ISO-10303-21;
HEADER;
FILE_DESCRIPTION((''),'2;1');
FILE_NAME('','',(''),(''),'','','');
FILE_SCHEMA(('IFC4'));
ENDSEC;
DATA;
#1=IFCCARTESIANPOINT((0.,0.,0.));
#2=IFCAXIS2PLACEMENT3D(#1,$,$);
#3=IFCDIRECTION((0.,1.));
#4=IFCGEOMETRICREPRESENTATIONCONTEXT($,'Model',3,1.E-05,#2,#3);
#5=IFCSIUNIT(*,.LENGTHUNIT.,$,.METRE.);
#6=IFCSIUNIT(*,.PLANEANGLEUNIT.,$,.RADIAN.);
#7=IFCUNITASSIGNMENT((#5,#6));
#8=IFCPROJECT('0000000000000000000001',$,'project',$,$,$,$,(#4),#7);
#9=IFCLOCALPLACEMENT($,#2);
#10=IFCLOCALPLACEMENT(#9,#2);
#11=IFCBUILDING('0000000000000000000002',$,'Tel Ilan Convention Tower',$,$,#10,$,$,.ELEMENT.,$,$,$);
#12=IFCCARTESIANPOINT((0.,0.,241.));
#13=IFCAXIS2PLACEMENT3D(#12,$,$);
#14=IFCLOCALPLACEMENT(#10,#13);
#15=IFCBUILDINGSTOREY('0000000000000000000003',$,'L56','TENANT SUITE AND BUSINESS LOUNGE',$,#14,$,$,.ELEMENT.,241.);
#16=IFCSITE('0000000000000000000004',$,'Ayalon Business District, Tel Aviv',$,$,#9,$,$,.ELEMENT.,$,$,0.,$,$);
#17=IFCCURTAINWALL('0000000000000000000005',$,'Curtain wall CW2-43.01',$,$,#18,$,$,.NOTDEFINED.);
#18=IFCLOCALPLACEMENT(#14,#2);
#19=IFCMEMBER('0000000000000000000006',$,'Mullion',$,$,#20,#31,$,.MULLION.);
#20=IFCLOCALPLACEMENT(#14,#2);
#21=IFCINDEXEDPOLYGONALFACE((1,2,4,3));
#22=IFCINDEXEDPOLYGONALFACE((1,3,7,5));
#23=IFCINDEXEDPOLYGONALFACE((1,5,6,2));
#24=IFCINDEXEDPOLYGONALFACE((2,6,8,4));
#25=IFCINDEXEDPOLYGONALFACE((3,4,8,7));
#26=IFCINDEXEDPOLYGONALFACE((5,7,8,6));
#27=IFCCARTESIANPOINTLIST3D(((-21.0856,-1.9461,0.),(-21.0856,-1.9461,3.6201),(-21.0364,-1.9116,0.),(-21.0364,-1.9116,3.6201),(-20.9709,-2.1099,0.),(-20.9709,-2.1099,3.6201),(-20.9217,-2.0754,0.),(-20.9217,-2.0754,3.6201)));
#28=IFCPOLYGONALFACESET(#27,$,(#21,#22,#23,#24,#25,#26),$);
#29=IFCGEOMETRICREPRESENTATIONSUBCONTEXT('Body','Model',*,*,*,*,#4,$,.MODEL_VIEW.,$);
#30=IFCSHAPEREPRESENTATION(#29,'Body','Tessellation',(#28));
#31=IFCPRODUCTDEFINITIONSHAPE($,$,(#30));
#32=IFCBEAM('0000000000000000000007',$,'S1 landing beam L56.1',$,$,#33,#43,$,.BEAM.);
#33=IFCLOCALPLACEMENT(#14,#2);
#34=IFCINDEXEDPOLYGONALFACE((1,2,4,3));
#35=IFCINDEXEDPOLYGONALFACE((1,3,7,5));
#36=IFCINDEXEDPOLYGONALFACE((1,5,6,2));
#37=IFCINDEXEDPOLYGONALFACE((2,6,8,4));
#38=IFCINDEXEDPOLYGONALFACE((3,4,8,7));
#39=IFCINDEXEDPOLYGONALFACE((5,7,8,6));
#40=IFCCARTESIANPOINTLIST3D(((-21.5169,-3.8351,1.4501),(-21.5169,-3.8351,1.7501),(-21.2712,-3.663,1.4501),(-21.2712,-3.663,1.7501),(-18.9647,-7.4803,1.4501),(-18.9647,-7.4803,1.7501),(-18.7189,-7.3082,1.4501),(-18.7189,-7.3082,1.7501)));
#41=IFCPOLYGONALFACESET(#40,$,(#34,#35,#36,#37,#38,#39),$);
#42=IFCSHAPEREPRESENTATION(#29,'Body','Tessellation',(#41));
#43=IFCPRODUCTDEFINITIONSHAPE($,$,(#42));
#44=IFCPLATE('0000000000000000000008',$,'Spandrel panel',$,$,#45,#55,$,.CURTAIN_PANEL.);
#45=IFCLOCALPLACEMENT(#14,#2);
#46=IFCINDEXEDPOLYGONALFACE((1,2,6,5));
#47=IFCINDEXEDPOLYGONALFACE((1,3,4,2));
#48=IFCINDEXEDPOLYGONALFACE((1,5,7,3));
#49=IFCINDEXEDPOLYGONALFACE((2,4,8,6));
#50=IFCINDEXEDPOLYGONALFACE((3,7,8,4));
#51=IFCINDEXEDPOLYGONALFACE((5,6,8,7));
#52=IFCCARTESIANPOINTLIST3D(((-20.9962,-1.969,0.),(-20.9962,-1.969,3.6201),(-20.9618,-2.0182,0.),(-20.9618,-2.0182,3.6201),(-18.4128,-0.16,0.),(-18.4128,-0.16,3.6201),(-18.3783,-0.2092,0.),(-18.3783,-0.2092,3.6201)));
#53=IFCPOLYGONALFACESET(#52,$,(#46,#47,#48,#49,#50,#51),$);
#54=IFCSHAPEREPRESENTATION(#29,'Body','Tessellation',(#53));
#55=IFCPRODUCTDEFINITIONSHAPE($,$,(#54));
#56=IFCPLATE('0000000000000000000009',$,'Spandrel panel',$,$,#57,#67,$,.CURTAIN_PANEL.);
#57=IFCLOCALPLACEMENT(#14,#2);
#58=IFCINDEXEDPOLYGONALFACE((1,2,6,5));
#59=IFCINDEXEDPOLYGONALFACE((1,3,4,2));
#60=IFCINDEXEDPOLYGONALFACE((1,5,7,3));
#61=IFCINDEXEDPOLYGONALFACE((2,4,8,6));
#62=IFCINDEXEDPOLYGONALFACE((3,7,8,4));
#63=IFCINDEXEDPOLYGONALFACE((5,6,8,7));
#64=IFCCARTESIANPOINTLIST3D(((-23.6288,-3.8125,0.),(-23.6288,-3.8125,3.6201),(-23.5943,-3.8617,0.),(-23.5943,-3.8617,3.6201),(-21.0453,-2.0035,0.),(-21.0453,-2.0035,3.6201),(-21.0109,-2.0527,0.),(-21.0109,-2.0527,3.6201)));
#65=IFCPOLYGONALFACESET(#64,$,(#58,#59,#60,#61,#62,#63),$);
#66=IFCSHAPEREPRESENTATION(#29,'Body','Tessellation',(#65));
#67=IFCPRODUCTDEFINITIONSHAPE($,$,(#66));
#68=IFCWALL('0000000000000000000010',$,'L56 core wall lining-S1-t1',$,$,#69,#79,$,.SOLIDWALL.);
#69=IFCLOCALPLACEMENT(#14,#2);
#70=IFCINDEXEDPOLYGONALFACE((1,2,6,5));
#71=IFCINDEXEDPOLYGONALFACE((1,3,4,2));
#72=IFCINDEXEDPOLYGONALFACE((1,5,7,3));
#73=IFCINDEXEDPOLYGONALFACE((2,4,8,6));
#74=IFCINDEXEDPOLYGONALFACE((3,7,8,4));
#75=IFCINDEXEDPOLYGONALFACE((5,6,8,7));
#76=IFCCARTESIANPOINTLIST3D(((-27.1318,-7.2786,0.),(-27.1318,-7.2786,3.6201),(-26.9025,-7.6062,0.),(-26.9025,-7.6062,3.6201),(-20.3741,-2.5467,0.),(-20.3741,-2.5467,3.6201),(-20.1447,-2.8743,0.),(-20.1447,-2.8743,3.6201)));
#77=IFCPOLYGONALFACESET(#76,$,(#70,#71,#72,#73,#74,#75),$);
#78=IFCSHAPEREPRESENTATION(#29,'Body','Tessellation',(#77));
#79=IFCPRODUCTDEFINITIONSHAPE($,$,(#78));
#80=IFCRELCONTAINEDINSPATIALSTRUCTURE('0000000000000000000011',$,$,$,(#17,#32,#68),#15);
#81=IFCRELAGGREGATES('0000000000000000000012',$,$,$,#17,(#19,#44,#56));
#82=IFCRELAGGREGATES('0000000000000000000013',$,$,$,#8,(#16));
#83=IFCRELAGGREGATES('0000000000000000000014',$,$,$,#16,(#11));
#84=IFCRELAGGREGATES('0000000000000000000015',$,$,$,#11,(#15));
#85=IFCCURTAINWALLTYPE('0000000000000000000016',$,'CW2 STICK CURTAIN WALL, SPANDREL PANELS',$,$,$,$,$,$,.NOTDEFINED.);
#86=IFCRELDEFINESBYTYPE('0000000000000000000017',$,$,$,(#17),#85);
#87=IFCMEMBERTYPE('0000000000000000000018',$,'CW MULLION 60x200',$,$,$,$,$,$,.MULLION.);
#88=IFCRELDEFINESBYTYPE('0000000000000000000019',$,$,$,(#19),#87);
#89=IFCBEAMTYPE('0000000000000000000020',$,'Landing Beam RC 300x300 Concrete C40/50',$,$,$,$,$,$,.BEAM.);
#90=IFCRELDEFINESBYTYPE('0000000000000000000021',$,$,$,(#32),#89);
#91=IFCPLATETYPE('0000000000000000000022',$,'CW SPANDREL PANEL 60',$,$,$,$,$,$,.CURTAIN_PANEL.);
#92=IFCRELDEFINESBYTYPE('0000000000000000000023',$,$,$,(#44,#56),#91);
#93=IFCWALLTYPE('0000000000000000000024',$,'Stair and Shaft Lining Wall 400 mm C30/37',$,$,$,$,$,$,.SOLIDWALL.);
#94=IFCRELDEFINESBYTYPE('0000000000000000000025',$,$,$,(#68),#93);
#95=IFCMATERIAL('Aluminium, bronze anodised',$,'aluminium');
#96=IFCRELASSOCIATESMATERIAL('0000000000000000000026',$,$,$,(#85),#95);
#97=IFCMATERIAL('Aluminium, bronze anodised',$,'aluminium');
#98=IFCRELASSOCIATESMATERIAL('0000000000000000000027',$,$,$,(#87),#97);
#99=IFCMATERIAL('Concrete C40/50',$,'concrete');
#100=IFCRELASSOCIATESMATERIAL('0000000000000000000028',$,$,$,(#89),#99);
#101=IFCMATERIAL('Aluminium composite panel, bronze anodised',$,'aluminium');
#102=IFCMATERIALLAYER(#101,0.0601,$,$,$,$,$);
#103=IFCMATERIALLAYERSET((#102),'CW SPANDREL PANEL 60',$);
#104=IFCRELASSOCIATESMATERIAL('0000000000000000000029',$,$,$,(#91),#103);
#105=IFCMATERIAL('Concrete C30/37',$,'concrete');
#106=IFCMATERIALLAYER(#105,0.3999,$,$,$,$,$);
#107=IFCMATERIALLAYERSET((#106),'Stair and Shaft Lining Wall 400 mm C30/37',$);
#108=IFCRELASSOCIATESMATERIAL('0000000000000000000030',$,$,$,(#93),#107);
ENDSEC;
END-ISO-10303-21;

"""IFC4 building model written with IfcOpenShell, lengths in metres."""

from ifc_helpers import new_model, si_unit, direction, frame, frame_2d, origin, origin_2d, place, context, subcontext, project, spatial, rectangle, extrude, material, layer, layer_set, material_profile, profile_set, type_object, element, aggregate, save


model = new_model("IFC4")

# Units and contexts
model_context = context("Model", 3, precision=1e-05, world=origin(), true_north=direction((0.0, 1.0)))
body_context = subcontext(model_context, "Body", "Model", "MODEL_VIEW")
ifc_project = project(units=[si_unit("LENGTHUNIT", "METRE"), si_unit("PLANEANGLEUNIT", "RADIAN")], contexts=[model_context])

# Site, building, storey
site_placement = place(None, origin())
site = spatial("IfcSite", under=ifc_project, at=site_placement, Name="Ayalon Business District, Tel Aviv", CompositionType="ELEMENT", RefElevation=0.0)
building_placement = place(site_placement, origin())
building = spatial("IfcBuilding", under=site, at=building_placement, Name="Tel Ilan Convention Tower", CompositionType="ELEMENT")
storey_placement = place(building_placement, frame((0.0, 0.0, 241.0)))
storey = spatial("IfcBuildingStorey", under=building, at=storey_placement, Name="L56", Description="TENANT SUITE AND BUSINESS LOUNGE", CompositionType="ELEMENT", Elevation=241.0)

# Curtain wall, member
ifc_material_1 = material(Name="Aluminium, bronze anodised", Category="aluminium")
curtain_wall_type = type_object("IfcCurtainWallType", Name="CW2 STICK CURTAIN WALL, SPANDREL PANELS", PredefinedType="NOTDEFINED", material=ifc_material_1)
curtain_wall_placement = place(storey_placement, origin())
curtain_wall = element("IfcCurtainWall", 1, at=curtain_wall_placement, inside=storey, type_object=curtain_wall_type, Name="Curtain wall CW2-43.01", PredefinedType="NOTDEFINED")
ifc_material_2 = material(Name="Aluminium, bronze anodised", Category="aluminium")
ifc_material_profile_1 = material_profile(ifc_material_2, rectangle(XDim=0.0601, YDim=0.2, at=origin_2d()), Name="CW MULLION 60x200")
ifc_profile_set_1 = profile_set([ifc_material_profile_1], Name="Aluminium, bronze anodised")
member_type = type_object("IfcMemberType", Name="CW MULLION 60x200", PredefinedType="MULLION", material=ifc_profile_set_1)
member_placement = place(storey_placement, frame((-21.0037, -2.0107, 0.0), z_axis=(0.0, 0.0, 1.0), x_axis=(-0.819152, -0.573576, 0.0)))
member = element("IfcMember", 2, at=member_placement, type_object=member_type, Name="Mullion", PredefinedType="MULLION", context=body_context, shape_type="SweptSolid", body=[
    extrude(rectangle(XDim=0.0601, YDim=0.2, at=origin_2d()), origin(), (0.0, 0.0, 1.0), 3.6201),
])

# Beam
ifc_material_3 = material(Name="Concrete C40/50", Category="concrete")
ifc_material_profile_2 = material_profile(ifc_material_3, rectangle(XDim=0.3, YDim=0.3, at=origin_2d()), Name="RC 300x300")
ifc_profile_set_2 = profile_set([ifc_material_profile_2], Name="Concrete C40/50")
beam_type = type_object("IfcBeamType", Name="Landing Beam RC 300x300 Concrete C40/50", PredefinedType="BEAM", material=ifc_profile_set_2)
beam_placement = place(storey_placement, frame((-18.8418, -7.3943, 1.6001), z_axis=(-0.573547, 0.819173, 0.0), x_axis=(-0.819173, -0.573547, 0.0)))
element("IfcBeam", 3, at=beam_placement, inside=storey, type_object=beam_type, Name="S1 landing beam L56.1", PredefinedType="BEAM", context=body_context, shape_type="SweptSolid", body=[
    extrude(rectangle(XDim=0.3, YDim=0.3, at=origin_2d()), origin(), (0.0, 0.0, 1.0), 4.45),
])

# Plates
ifc_material_4 = material(Name="Aluminium composite panel, bronze anodised", Category="aluminium")
ifc_layer_1 = layer(ifc_material_4, 0.0601)
ifc_layer_set_1 = layer_set([ifc_layer_1], Name="CW SPANDREL PANEL 60")
plate_type = type_object("IfcPlateType", Name="CW SPANDREL PANEL 60", PredefinedType="CURTAIN_PANEL", material=ifc_layer_set_1)
plate_1_placement = place(storey_placement, frame((-19.6873, -1.0891, 0.0), z_axis=(0.0, 0.0, 1.0), x_axis=(-0.819152, -0.573576, 0.0)))
plate_1 = element("IfcPlate", 4, at=plate_1_placement, type_object=plate_type, Name="Spandrel panel", PredefinedType="CURTAIN_PANEL", context=body_context, shape_type="SweptSolid", body=[
    extrude(rectangle(XDim=3.1538, YDim=0.0601, at=origin_2d()), origin(), (0.0, 0.0, 1.0), 3.6201),
])
plate_2_placement = place(storey_placement, frame((-22.3198, -2.9326, 0.0), z_axis=(0.0, 0.0, 1.0), x_axis=(-0.819152, -0.573576, 0.0)))
plate_2 = element("IfcPlate", 5, at=plate_2_placement, type_object=plate_type, Name="Spandrel panel", PredefinedType="CURTAIN_PANEL", context=body_context, shape_type="SweptSolid", body=[
    extrude(rectangle(XDim=3.1538, YDim=0.0601, at=origin_2d()), origin(), (0.0, 0.0, 1.0), 3.6201),
])
aggregate(curtain_wall, [member, plate_1, plate_2])

# Wall
ifc_material_5 = material(Name="Concrete C30/37", Category="concrete")
ifc_layer_2 = layer(ifc_material_5, 0.3999)
ifc_layer_set_2 = layer_set([ifc_layer_2], Name="Stair and Shaft Lining Wall 400 mm C30/37")
wall_type = type_object("IfcWallType", Name="Stair and Shaft Lining Wall 400 mm C30/37", PredefinedType="SOLIDWALL", material=ifc_layer_set_2)
wall_placement = place(storey_placement, frame((-20.2593, -2.7104, 0.0), z_axis=(0.0, 0.0, 1.0), x_axis=(-0.819148, -0.573582, 0.0)))
element("IfcWall", 6, at=wall_placement, inside=storey, type_object=wall_type, Name="L56 core wall lining-S1-t1", PredefinedType="SOLIDWALL", context=body_context, shape_type="SweptSolid", body=[
    extrude(rectangle(XDim=8.2498, YDim=0.3999, at=frame_2d((4.125, 0.0))), origin(), (0.0, 0.0, 1.0), 3.6201),
])

save(model, "model.ifc")
